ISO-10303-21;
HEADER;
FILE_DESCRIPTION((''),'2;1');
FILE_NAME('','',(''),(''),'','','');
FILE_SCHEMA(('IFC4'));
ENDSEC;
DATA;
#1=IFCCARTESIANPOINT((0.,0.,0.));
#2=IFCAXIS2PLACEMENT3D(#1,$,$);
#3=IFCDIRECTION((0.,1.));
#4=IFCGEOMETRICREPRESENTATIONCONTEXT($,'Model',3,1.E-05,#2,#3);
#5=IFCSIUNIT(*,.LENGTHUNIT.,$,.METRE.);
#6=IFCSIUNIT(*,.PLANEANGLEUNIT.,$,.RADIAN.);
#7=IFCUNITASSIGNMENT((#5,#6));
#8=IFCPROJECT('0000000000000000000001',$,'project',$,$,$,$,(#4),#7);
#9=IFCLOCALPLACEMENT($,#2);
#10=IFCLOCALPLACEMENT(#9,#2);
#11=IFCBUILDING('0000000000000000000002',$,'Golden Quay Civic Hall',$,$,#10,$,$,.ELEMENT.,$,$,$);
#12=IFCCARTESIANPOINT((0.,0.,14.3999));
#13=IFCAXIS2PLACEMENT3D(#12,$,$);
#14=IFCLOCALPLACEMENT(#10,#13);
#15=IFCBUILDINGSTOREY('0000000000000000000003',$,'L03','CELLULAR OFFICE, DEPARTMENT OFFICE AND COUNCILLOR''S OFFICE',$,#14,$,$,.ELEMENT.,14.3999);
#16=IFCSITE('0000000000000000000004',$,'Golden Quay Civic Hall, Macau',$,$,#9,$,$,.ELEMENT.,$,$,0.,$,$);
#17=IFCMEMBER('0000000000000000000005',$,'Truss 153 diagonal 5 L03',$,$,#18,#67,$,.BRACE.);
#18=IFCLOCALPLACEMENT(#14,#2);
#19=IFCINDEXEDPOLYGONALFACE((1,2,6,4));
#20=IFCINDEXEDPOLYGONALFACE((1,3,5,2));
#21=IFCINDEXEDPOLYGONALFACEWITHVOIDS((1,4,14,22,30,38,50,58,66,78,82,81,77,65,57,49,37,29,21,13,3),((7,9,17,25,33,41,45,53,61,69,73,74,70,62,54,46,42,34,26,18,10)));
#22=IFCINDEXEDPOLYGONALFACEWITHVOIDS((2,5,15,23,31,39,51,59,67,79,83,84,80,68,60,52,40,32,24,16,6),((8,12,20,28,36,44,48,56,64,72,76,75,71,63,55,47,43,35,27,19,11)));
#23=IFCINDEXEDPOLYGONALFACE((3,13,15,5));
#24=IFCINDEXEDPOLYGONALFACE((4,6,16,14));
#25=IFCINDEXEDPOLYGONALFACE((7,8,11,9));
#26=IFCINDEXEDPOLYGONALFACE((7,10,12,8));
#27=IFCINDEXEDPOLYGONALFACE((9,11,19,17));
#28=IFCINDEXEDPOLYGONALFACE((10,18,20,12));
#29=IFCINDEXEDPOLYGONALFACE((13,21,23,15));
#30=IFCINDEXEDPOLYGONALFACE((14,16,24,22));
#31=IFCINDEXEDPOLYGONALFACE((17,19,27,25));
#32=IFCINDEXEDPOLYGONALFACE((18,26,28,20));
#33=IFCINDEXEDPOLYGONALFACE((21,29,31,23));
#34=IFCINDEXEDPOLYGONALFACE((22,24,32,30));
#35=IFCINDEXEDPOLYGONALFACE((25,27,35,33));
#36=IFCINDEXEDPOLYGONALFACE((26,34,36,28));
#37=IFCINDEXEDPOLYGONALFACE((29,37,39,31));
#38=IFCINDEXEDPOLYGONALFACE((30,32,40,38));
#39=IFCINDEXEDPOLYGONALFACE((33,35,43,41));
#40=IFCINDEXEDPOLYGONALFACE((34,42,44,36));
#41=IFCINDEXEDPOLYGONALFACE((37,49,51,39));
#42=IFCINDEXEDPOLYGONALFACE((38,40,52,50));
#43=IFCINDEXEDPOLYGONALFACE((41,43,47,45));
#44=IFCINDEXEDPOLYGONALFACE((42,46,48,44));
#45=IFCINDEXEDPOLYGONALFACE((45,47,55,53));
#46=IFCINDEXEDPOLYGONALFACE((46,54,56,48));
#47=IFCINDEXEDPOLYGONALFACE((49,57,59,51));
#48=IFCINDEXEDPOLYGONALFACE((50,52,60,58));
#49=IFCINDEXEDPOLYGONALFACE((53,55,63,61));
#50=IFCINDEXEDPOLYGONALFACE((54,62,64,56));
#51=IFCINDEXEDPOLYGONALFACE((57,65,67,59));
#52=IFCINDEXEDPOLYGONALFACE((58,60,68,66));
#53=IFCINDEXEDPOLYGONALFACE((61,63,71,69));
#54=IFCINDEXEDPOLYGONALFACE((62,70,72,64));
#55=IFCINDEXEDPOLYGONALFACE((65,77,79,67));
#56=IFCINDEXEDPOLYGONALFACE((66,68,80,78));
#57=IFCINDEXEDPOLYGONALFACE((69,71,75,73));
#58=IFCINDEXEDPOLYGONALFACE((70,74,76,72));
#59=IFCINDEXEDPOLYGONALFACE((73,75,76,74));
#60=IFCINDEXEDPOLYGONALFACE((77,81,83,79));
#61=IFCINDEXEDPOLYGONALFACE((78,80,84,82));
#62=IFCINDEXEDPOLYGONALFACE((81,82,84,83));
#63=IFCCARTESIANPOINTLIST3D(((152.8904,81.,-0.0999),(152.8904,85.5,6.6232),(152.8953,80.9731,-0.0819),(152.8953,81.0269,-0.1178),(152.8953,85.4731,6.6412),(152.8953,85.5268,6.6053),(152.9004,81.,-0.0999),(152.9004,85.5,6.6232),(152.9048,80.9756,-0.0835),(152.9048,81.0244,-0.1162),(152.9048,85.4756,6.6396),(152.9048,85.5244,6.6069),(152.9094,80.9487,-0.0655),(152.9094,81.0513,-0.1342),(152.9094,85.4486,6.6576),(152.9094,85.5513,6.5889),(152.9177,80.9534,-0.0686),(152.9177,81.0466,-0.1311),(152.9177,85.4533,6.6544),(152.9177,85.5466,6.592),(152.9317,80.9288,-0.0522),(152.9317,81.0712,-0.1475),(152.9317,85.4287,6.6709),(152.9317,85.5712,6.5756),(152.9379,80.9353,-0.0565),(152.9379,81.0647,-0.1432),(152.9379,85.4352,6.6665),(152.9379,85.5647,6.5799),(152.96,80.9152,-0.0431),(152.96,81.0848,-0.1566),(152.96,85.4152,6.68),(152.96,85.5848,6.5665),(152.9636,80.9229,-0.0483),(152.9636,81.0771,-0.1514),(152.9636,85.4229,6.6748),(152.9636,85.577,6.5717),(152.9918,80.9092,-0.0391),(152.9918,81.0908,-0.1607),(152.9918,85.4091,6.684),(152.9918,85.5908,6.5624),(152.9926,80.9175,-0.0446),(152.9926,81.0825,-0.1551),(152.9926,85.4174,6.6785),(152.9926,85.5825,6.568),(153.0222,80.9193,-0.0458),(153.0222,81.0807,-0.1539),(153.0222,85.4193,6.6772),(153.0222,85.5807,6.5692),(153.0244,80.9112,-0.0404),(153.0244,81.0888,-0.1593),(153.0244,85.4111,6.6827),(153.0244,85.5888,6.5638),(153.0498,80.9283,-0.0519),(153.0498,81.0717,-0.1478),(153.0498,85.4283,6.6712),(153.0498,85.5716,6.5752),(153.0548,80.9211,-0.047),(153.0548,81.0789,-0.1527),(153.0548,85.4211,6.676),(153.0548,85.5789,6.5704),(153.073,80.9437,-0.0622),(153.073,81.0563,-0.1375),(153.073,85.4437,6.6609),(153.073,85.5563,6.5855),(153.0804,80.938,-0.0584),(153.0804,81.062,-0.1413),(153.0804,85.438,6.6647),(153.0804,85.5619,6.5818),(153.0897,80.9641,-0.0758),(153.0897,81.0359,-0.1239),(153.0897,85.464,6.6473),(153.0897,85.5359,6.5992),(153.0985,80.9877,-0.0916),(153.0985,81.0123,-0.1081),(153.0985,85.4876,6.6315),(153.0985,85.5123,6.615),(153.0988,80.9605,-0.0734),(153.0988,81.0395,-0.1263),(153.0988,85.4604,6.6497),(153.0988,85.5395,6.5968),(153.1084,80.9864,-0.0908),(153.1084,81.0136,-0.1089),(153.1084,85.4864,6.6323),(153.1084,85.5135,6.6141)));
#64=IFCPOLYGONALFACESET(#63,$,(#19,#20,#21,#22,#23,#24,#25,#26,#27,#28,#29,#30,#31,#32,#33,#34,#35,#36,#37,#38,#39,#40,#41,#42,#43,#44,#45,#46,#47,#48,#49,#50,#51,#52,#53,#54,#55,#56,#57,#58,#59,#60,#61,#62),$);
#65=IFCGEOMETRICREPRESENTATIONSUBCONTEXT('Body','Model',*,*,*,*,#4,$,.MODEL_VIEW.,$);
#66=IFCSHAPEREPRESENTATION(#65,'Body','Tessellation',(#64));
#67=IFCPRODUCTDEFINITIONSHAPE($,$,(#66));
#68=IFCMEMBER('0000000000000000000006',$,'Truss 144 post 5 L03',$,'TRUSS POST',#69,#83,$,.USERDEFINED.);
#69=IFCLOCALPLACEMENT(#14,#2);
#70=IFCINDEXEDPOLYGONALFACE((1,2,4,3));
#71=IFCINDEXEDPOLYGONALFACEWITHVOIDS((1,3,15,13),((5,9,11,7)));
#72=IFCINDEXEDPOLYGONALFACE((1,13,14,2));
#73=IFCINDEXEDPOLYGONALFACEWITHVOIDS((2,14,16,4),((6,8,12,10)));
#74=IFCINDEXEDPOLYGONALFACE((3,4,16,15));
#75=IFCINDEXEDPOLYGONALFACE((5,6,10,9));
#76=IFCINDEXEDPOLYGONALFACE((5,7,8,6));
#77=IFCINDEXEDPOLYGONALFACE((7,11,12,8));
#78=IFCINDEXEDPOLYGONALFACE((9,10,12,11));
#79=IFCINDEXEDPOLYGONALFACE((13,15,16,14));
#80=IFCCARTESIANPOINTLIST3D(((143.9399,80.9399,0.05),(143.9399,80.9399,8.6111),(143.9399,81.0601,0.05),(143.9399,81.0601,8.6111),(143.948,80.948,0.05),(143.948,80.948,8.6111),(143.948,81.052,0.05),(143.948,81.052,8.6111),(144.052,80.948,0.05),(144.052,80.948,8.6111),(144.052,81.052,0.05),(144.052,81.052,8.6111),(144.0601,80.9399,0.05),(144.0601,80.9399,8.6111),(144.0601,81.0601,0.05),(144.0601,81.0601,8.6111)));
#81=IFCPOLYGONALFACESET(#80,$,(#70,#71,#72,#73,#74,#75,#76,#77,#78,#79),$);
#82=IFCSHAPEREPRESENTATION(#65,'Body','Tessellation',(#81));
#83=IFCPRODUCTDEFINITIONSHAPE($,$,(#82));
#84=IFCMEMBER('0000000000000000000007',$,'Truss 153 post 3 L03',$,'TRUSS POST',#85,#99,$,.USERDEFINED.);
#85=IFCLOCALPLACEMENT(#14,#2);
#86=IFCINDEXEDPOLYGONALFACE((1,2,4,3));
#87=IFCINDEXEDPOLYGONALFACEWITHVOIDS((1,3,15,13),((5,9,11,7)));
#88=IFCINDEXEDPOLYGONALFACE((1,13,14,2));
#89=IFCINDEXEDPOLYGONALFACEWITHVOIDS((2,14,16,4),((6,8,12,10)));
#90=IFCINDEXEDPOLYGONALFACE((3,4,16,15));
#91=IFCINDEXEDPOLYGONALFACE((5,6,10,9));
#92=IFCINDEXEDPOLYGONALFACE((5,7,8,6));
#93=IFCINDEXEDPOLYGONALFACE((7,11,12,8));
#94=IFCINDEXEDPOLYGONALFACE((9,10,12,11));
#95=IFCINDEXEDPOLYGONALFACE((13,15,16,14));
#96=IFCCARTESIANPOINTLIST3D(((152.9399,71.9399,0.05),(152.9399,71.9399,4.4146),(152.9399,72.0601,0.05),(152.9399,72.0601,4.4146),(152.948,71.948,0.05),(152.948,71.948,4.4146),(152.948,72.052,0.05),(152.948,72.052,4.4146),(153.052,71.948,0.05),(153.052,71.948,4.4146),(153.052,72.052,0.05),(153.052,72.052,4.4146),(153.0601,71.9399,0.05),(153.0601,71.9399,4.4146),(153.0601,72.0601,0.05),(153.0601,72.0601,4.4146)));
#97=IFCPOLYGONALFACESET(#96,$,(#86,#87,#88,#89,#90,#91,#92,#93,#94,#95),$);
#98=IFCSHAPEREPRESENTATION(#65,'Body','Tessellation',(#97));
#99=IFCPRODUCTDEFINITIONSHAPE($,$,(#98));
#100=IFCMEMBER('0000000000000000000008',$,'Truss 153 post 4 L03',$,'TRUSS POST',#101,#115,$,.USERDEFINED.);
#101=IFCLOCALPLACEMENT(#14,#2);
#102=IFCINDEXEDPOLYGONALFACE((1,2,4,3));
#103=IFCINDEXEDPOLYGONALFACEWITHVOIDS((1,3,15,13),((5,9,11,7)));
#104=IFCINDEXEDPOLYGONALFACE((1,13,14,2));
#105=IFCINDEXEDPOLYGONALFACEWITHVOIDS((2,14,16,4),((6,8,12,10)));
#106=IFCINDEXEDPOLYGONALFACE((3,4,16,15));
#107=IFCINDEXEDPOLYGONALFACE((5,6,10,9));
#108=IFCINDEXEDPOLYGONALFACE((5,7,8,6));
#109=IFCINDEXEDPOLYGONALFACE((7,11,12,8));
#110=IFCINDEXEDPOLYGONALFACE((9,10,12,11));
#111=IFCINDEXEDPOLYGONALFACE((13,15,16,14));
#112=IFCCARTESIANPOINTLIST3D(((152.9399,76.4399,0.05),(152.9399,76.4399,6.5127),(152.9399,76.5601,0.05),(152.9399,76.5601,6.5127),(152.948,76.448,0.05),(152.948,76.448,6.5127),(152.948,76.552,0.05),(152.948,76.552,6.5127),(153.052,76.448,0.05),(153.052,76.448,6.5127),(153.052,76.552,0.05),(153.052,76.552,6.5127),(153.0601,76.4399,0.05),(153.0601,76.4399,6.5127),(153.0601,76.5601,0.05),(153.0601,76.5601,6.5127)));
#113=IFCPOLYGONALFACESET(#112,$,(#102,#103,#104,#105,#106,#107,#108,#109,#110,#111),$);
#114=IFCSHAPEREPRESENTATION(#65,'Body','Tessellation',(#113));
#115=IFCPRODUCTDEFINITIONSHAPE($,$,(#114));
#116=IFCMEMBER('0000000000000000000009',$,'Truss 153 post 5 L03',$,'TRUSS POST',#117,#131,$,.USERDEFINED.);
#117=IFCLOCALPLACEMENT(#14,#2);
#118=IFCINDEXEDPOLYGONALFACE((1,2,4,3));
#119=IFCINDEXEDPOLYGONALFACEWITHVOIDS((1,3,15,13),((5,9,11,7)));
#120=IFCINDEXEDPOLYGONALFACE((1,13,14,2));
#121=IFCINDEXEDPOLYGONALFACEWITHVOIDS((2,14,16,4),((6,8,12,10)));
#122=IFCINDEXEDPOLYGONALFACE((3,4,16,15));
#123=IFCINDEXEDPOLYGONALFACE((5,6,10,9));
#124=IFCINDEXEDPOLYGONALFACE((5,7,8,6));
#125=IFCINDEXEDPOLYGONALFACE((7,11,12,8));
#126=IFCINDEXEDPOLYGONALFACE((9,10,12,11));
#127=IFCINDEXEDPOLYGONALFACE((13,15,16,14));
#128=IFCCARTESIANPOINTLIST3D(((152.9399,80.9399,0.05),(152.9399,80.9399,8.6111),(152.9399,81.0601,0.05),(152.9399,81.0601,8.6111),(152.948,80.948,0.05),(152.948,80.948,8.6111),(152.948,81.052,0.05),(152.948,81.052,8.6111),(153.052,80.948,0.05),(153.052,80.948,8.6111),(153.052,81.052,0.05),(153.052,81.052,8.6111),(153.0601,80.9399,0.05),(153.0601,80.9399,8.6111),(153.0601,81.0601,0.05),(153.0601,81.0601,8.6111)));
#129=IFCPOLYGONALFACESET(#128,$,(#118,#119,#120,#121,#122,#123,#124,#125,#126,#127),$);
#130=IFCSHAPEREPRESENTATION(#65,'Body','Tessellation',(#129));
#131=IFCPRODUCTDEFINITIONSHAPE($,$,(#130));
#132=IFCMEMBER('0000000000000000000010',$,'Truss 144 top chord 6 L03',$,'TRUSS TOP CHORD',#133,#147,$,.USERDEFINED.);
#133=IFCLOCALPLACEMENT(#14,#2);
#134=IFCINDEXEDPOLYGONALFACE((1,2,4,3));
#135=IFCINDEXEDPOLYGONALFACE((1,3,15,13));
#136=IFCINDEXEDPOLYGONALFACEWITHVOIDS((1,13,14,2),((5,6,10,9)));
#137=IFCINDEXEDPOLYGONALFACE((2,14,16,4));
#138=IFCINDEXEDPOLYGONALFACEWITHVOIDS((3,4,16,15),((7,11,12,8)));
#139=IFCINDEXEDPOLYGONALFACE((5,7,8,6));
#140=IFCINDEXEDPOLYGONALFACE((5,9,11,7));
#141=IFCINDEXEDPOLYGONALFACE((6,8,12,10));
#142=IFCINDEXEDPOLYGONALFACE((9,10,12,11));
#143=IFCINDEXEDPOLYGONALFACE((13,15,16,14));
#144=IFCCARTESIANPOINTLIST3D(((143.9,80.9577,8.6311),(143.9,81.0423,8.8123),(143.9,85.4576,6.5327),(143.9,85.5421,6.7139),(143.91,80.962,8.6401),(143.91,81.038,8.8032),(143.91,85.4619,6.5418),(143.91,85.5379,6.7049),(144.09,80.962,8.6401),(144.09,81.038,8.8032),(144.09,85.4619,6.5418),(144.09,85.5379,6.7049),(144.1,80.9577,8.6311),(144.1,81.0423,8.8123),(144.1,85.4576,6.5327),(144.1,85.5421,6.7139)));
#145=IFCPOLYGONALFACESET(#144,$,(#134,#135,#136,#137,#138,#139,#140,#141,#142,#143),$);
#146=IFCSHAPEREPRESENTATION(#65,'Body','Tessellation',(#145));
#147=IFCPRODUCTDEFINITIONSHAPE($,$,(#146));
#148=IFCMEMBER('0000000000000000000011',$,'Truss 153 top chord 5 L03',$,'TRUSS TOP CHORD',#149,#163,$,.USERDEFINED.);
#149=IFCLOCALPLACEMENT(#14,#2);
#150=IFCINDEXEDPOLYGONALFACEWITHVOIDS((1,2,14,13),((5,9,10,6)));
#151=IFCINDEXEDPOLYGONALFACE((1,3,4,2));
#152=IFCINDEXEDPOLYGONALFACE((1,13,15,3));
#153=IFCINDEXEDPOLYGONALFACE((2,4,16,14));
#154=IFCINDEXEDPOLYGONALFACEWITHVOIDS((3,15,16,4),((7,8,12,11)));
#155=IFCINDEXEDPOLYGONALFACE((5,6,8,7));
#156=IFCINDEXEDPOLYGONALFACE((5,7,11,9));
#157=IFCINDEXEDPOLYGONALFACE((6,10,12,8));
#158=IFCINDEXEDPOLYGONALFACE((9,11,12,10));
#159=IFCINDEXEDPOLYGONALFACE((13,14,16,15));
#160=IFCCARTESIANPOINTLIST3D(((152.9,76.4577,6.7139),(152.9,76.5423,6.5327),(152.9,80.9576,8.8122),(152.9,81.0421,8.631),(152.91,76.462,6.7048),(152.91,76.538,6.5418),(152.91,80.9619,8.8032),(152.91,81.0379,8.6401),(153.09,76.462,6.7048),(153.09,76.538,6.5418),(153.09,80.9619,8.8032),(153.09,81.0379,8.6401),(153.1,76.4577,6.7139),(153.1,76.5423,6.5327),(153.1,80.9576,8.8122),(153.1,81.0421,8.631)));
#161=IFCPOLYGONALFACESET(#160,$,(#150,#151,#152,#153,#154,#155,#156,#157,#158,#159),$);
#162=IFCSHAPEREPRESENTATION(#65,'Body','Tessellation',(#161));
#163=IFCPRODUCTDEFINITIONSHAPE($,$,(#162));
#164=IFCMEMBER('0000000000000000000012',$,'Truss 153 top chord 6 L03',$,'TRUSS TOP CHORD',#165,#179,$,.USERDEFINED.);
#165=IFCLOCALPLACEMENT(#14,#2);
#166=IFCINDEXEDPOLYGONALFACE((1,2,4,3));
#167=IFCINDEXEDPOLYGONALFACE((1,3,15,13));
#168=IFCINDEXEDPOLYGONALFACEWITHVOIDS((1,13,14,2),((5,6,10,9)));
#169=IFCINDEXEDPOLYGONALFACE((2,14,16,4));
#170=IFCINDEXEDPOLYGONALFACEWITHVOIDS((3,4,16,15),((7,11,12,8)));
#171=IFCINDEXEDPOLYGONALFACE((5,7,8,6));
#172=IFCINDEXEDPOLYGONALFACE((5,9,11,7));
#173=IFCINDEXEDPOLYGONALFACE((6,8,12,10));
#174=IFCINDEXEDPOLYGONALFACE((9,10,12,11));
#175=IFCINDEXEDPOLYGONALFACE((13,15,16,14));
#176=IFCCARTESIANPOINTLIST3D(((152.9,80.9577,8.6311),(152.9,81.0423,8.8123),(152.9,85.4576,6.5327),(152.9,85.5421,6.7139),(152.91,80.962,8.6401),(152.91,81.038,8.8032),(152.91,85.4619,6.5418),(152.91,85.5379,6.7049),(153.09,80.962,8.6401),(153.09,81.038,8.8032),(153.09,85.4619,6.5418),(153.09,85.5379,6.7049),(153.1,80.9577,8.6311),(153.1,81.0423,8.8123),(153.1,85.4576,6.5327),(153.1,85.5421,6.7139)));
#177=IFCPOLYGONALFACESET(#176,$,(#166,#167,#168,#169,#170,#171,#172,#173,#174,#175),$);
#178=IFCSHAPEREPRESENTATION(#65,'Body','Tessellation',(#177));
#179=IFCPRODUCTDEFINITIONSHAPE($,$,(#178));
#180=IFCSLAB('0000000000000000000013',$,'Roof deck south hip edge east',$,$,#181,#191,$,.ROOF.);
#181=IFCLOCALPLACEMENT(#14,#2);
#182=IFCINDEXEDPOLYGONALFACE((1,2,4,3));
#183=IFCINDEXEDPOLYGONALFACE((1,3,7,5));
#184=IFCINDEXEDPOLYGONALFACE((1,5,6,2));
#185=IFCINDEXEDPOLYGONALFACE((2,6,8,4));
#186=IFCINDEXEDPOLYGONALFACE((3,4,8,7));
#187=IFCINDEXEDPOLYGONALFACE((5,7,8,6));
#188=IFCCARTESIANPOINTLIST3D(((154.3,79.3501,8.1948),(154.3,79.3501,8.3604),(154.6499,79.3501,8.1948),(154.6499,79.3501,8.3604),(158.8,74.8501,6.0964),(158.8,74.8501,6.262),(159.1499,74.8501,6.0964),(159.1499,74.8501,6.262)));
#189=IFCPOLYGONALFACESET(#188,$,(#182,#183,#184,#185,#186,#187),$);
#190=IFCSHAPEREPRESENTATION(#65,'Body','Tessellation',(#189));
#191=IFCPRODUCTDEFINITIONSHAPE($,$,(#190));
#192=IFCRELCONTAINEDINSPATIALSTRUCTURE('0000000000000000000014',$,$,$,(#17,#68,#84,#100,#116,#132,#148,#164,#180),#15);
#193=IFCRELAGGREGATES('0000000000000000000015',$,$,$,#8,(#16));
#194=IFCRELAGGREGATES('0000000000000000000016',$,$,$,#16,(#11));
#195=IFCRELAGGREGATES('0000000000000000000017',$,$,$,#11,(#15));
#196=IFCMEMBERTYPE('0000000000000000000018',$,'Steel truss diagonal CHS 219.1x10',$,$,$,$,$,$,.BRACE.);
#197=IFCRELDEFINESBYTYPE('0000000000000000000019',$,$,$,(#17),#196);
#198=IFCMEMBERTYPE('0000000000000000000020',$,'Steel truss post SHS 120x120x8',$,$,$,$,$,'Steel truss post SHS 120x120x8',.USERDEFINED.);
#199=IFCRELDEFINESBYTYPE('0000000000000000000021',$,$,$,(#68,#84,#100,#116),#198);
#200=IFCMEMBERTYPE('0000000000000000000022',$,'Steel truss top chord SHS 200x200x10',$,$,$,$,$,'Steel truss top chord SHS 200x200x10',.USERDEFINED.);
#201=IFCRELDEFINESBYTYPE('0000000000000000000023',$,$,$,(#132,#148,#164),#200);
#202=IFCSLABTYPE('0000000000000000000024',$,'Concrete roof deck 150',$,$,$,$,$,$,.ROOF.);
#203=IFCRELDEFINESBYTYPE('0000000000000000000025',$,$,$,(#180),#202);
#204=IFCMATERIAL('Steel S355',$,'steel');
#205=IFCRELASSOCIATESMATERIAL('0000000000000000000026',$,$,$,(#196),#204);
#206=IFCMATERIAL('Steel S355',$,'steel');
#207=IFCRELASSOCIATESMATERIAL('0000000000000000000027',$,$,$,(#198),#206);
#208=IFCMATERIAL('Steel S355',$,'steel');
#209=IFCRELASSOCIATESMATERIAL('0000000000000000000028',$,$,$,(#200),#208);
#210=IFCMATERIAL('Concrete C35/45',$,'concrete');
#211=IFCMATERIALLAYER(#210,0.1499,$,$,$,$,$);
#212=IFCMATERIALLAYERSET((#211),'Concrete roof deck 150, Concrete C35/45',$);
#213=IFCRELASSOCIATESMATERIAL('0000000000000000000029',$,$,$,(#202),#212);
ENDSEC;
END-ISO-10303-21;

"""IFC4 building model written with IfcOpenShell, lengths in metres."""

from ifc_helpers import new_model, si_unit, direction, frame, origin, origin_2d, place, context, subcontext, project, spatial, polyline, hollow_rectangle, hollow_circle, outline, extrude, material, layer, layer_set, material_profile, profile_set, type_object, element, save


model = new_model("IFC4")

# Units and contexts
model_context = context("Model", 3, precision=1e-05, world=origin(), true_north=direction((0.0, 1.0)))
body_context = subcontext(model_context, "Body", "Model", "MODEL_VIEW")
ifc_project = project(units=[si_unit("LENGTHUNIT", "METRE"), si_unit("PLANEANGLEUNIT", "RADIAN")], contexts=[model_context])

# Site, building, storey
site_placement = place(None, origin())
site = spatial("IfcSite", under=ifc_project, at=site_placement, Name="Golden Quay Civic Hall, Macau", CompositionType="ELEMENT", RefElevation=0.0)
building_placement = place(site_placement, origin())
building = spatial("IfcBuilding", under=site, at=building_placement, Name="Golden Quay Civic Hall", CompositionType="ELEMENT")
storey_placement = place(building_placement, frame((0.0, 0.0, 14.3999)))
storey = spatial("IfcBuildingStorey", under=building, at=storey_placement, Name="L03", Description="CELLULAR OFFICE, DEPARTMENT OFFICE AND COUNCILLOR'S OFFICE", CompositionType="ELEMENT", Elevation=14.3999)

# Members
ifc_material_1 = material(Name="Steel S355", Category="steel")
ifc_material_profile_1 = material_profile(ifc_material_1, hollow_circle(Radius=0.1096, WallThickness=0.01, at=origin_2d()), Name="CHS 219.1x10")
ifc_profile_set_1 = profile_set([ifc_material_profile_1], Name="Steel S355")
member_type_1 = type_object("IfcMemberType", Name="Steel truss diagonal CHS 219.1x10", PredefinedType="BRACE", material=ifc_profile_set_1)
for number, where, z_axis, x_axis, name in (
    (1, (153.0, 81.0, -0.0999), (0.0, 0.556231, 0.831027), (-1.0, 0.0, 0.0), "Truss 153 diagonal 5 L03"),
):
    element("IfcMember", number, at=place(storey_placement, frame(where, z_axis=z_axis, x_axis=x_axis)), inside=storey, type_object=member_type_1, Name=name, PredefinedType="BRACE", context=body_context, shape_type="SweptSolid", body=[
        extrude(hollow_circle(Radius=0.1096, WallThickness=0.01, at=origin_2d()), origin(), (0.0, 0.0, 1.0), 8.0901),
    ])
ifc_material_2 = material(Name="Steel S355", Category="steel")
ifc_material_profile_2 = material_profile(ifc_material_2, hollow_rectangle(XDim=0.1201, YDim=0.1201, WallThickness=0.0081, at=origin_2d()), Name="SHS 120x120x8")
ifc_profile_set_2 = profile_set([ifc_material_profile_2], Name="Steel S355")
member_type_2 = type_object("IfcMemberType", Name="Steel truss post SHS 120x120x8", ElementType="Steel truss post SHS 120x120x8", PredefinedType="USERDEFINED", material=ifc_profile_set_2)
member_1_placement = place(storey_placement, frame((144.0, 81.0, 0.05), z_axis=(0.0, 0.0, 1.0), x_axis=(1.0, 0.0, 0.0)))
element("IfcMember", 2, at=member_1_placement, inside=storey, type_object=member_type_2, Name="Truss 144 post 5 L03", ObjectType="TRUSS POST", PredefinedType="USERDEFINED", context=body_context, shape_type="SweptSolid", body=[
    extrude(hollow_rectangle(XDim=0.1201, YDim=0.1201, WallThickness=0.0081, at=origin_2d()), origin(), (0.0, 0.0, 1.0), 8.561),
])
member_2_placement = place(storey_placement, frame((153.0, 72.0, 0.05), z_axis=(0.0, 0.0, 1.0), x_axis=(1.0, 0.0, 0.0)))
element("IfcMember", 3, at=member_2_placement, inside=storey, type_object=member_type_2, Name="Truss 153 post 3 L03", ObjectType="TRUSS POST", PredefinedType="USERDEFINED", context=body_context, shape_type="SweptSolid", body=[
    extrude(hollow_rectangle(XDim=0.1201, YDim=0.1201, WallThickness=0.0081, at=origin_2d()), origin(), (0.0, 0.0, 1.0), 4.3645),
])
member_3_placement = place(storey_placement, frame((153.0, 76.5, 0.05), z_axis=(0.0, 0.0, 1.0), x_axis=(1.0, 0.0, 0.0)))
element("IfcMember", 4, at=member_3_placement, inside=storey, type_object=member_type_2, Name="Truss 153 post 4 L03", ObjectType="TRUSS POST", PredefinedType="USERDEFINED", context=body_context, shape_type="SweptSolid", body=[
    extrude(hollow_rectangle(XDim=0.1201, YDim=0.1201, WallThickness=0.0081, at=origin_2d()), origin(), (0.0, 0.0, 1.0), 6.4626),
])
member_4_placement = place(storey_placement, frame((153.0, 81.0, 0.05), z_axis=(0.0, 0.0, 1.0), x_axis=(1.0, 0.0, 0.0)))
element("IfcMember", 5, at=member_4_placement, inside=storey, type_object=member_type_2, Name="Truss 153 post 5 L03", ObjectType="TRUSS POST", PredefinedType="USERDEFINED", context=body_context, shape_type="SweptSolid", body=[
    extrude(hollow_rectangle(XDim=0.1201, YDim=0.1201, WallThickness=0.0081, at=origin_2d()), origin(), (0.0, 0.0, 1.0), 8.561),
])
ifc_material_3 = material(Name="Steel S355", Category="steel")
ifc_material_profile_3 = material_profile(ifc_material_3, hollow_rectangle(XDim=0.2, YDim=0.2, WallThickness=0.01, at=origin_2d()), Name="SHS 200x200x10")
ifc_profile_set_3 = profile_set([ifc_material_profile_3], Name="Steel S355")
member_type_3 = type_object("IfcMemberType", Name="Steel truss top chord SHS 200x200x10", ElementType="Steel truss top chord SHS 200x200x10", PredefinedType="USERDEFINED", material=ifc_profile_set_3)
for number, where, z_axis, x_axis, name in (
    (6, (144.0, 81.0, 8.7217), (0.0, 0.906307, -0.422619), (-1.0, 0.0, 0.0), "Truss 144 top chord 6 L03"),
    (7, (153.0, 76.5, 6.6233), (0.0, 0.906307, 0.422619), (-1.0, 0.0, 0.0), "Truss 153 top chord 5 L03"),
    (8, (153.0, 81.0, 8.7217), (0.0, 0.906307, -0.422619), (-1.0, 0.0, 0.0), "Truss 153 top chord 6 L03"),
):
    element("IfcMember", number, at=place(storey_placement, frame(where, z_axis=z_axis, x_axis=x_axis)), inside=storey, type_object=member_type_3, Name=name, ObjectType="TRUSS TOP CHORD", PredefinedType="USERDEFINED", context=body_context, shape_type="SweptSolid", body=[
        extrude(hollow_rectangle(XDim=0.2, YDim=0.2, WallThickness=0.01, at=origin_2d()), origin(), (0.0, 0.0, 1.0), 4.9651),
    ])

# Slab
ifc_material_4 = material(Name="Concrete C35/45", Category="concrete")
ifc_layer_1 = layer(ifc_material_4, 0.1499)
ifc_layer_set_1 = layer_set([ifc_layer_1], Name="Concrete roof deck 150, Concrete C35/45")
slab_type = type_object("IfcSlabType", Name="Concrete roof deck 150", PredefinedType="ROOF", material=ifc_layer_set_1)
slab_placement = place(storey_placement, frame((158.8, 74.8501, 6.262), z_axis=(0.0, -0.422619, 0.906307), x_axis=(1.0, 0.0, 0.0)))
element("IfcSlab", 9, at=slab_placement, inside=storey, type_object=slab_type, Name="Roof deck south hip edge east", PredefinedType="ROOF", context=body_context, shape_type="SweptSolid", body=[
    extrude(outline(polyline([(0.0, 0.0), (0.3499, 0.0), (-4.1501, 4.9652), (-4.5, 4.9652), (0.0, 0.0)])), origin(), (0.0, -0.422619, -0.906307), 0.1655),
])

save(model, "model.ifc")
